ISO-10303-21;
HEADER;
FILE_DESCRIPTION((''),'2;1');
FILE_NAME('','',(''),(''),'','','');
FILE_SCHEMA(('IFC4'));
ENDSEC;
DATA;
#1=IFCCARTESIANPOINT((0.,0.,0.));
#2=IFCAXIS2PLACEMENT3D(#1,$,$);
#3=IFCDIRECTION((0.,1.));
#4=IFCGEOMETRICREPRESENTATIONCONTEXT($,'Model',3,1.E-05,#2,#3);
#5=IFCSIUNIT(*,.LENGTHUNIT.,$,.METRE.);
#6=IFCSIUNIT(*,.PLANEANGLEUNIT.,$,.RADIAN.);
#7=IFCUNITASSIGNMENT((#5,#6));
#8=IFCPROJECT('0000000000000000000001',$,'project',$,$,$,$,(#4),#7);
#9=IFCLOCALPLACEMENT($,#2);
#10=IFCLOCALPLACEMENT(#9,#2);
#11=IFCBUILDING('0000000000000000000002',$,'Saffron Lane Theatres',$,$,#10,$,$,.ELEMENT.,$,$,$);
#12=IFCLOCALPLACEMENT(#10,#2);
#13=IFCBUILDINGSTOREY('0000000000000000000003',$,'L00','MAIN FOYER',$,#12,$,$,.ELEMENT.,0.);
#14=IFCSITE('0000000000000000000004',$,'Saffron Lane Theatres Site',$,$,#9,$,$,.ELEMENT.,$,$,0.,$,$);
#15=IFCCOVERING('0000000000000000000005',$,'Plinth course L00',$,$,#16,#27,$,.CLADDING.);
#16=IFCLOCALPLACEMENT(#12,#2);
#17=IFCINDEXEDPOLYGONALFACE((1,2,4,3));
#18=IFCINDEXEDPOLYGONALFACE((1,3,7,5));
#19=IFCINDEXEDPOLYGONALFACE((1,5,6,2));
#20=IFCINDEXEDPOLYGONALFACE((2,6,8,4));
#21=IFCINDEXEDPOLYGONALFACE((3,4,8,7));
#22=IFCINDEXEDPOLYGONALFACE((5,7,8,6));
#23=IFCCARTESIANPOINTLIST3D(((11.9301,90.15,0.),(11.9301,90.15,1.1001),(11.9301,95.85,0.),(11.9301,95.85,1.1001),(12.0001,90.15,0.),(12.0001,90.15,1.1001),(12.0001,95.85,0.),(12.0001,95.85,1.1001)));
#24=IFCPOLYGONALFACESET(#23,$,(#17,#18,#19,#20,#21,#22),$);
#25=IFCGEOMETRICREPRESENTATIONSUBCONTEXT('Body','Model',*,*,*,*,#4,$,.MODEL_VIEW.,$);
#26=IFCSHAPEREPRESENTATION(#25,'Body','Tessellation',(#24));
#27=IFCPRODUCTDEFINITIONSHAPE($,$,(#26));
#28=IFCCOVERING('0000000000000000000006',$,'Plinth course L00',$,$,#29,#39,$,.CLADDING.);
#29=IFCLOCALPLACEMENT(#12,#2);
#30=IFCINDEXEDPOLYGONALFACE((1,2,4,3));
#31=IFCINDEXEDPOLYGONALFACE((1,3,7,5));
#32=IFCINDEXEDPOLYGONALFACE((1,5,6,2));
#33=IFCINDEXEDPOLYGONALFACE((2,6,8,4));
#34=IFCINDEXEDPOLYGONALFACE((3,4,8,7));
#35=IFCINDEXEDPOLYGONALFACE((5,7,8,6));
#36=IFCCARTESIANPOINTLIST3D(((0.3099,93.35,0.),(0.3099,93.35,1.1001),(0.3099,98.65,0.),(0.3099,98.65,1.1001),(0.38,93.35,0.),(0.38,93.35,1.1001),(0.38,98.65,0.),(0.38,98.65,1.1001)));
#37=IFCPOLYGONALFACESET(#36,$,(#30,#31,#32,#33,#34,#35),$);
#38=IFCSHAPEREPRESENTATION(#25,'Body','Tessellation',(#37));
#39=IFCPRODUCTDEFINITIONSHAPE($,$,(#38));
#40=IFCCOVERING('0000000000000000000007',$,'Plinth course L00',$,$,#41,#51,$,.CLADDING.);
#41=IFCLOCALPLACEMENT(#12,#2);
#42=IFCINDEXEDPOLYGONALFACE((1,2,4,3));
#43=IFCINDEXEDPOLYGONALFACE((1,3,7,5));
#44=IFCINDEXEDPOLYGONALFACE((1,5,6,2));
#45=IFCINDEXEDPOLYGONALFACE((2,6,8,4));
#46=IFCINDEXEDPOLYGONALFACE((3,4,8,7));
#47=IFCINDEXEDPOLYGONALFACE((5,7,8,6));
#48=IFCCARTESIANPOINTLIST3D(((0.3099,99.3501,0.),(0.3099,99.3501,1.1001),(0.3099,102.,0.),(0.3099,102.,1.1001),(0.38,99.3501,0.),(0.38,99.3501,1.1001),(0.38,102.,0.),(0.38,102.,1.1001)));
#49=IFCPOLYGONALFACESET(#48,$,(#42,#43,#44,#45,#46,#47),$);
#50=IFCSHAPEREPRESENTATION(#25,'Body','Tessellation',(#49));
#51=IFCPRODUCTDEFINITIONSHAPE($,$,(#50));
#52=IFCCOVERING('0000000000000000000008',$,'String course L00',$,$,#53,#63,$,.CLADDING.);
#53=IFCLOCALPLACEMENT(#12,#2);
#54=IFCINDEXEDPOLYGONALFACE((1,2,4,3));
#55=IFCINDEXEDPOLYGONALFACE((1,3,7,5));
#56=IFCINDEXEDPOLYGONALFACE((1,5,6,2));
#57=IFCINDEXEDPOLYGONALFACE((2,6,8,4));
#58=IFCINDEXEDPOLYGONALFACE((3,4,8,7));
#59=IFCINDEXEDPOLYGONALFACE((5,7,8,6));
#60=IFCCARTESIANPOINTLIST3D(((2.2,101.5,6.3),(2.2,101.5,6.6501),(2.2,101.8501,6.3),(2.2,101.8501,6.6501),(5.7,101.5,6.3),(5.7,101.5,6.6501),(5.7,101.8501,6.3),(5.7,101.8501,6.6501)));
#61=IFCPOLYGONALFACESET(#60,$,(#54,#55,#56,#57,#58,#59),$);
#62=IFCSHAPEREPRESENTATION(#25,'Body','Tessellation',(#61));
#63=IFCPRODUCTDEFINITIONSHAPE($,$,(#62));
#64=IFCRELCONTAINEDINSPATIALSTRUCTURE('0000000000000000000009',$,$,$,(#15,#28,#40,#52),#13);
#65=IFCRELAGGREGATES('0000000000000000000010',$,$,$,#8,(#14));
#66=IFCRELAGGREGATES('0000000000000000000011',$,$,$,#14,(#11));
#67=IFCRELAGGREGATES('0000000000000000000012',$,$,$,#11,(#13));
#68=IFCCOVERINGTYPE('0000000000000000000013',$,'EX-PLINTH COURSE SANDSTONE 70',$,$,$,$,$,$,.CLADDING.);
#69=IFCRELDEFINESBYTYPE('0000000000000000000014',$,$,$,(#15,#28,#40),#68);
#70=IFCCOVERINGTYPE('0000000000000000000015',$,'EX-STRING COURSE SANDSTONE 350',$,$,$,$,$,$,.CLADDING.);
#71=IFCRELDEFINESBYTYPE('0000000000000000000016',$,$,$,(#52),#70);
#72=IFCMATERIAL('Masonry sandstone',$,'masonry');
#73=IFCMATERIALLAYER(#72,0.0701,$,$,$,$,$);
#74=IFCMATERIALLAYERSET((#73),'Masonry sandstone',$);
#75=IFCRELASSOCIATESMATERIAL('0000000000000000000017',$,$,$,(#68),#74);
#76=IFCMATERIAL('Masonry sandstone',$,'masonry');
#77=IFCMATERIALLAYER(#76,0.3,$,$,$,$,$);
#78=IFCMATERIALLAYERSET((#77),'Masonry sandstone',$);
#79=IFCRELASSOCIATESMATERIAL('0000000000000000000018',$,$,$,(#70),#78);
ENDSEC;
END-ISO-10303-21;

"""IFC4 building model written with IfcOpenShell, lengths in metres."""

from ifc_helpers import new_model, si_unit, direction, frame, origin, origin_2d, place, context, subcontext, project, spatial, rectangle, extrude, material, layer, layer_set, type_object, element, save


model = new_model("IFC4")

# Units and contexts
model_context = context("Model", 3, precision=1e-05, world=origin(), true_north=direction((0.0, 1.0)))
body_context = subcontext(model_context, "Body", "Model", "MODEL_VIEW")
ifc_project = project(units=[si_unit("LENGTHUNIT", "METRE"), si_unit("PLANEANGLEUNIT", "RADIAN")], contexts=[model_context])

# Site, building, storey
site_placement = place(None, origin())
site = spatial("IfcSite", under=ifc_project, at=site_placement, Name="Saffron Lane Theatres Site", CompositionType="ELEMENT", RefElevation=0.0)
building_placement = place(site_placement, origin())
building = spatial("IfcBuilding", under=site, at=building_placement, Name="Saffron Lane Theatres", CompositionType="ELEMENT")
storey_placement = place(building_placement, origin())
storey = spatial("IfcBuildingStorey", under=building, at=storey_placement, Name="L00", Description="MAIN FOYER", CompositionType="ELEMENT", Elevation=0.0)

# Coverings
ifc_material_1 = material(Name="Masonry sandstone", Category="masonry")
ifc_layer_1 = layer(ifc_material_1, 0.0701)
ifc_layer_set_1 = layer_set([ifc_layer_1], Name="Masonry sandstone")
covering_type_1 = type_object("IfcCoveringType", Name="EX-PLINTH COURSE SANDSTONE 70", PredefinedType="CLADDING", material=ifc_layer_set_1)
covering_1_placement = place(storey_placement, frame((11.9651, 93.0, 0.0), z_axis=(0.0, 0.0, 1.0), x_axis=(0.0, 1.0, 0.0)))
element("IfcCovering", 1, at=covering_1_placement, inside=storey, type_object=covering_type_1, Name="Plinth course L00", PredefinedType="CLADDING", context=body_context, shape_type="SweptSolid", body=[
    extrude(rectangle(XDim=5.7, YDim=0.0701, at=origin_2d()), origin(), (0.0, 0.0, 1.0), 1.1001),
])
covering_2_placement = place(storey_placement, frame((0.345, 96.0, 0.0), z_axis=(0.0, 0.0, 1.0), x_axis=(0.0, 1.0, 0.0)))
element("IfcCovering", 2, at=covering_2_placement, inside=storey, type_object=covering_type_1, Name="Plinth course L00", PredefinedType="CLADDING", context=body_context, shape_type="SweptSolid", body=[
    extrude(rectangle(XDim=5.3, YDim=0.0701, at=origin_2d()), origin(), (0.0, 0.0, 1.0), 1.1001),
])
covering_3_placement = place(storey_placement, frame((0.345, 100.675, 0.0), z_axis=(0.0, 0.0, 1.0), x_axis=(0.0, 1.0, 0.0)))
element("IfcCovering", 3, at=covering_3_placement, inside=storey, type_object=covering_type_1, Name="Plinth course L00", PredefinedType="CLADDING", context=body_context, shape_type="SweptSolid", body=[
    extrude(rectangle(XDim=2.6499, YDim=0.0701, at=origin_2d()), origin(), (0.0, 0.0, 1.0), 1.1001),
])
ifc_material_2 = material(Name="Masonry sandstone", Category="masonry")
ifc_layer_2 = layer(ifc_material_2, 0.3)
ifc_layer_set_2 = layer_set([ifc_layer_2], Name="Masonry sandstone")
covering_type_2 = type_object("IfcCoveringType", Name="EX-STRING COURSE SANDSTONE 350", PredefinedType="CLADDING", material=ifc_layer_set_2)
covering_4_placement = place(storey_placement, frame((3.95, 101.675, 6.3), z_axis=(0.0, 0.0, 1.0), x_axis=(-1.0, 0.0, 0.0)))
element("IfcCovering", 4, at=covering_4_placement, inside=storey, type_object=covering_type_2, Name="String course L00", PredefinedType="CLADDING", context=body_context, shape_type="SweptSolid", body=[
    extrude(rectangle(XDim=3.5, YDim=0.3501, at=origin_2d()), origin(), (0.0, 0.0, 1.0), 0.3501),
])

save(model, "model.ifc")
